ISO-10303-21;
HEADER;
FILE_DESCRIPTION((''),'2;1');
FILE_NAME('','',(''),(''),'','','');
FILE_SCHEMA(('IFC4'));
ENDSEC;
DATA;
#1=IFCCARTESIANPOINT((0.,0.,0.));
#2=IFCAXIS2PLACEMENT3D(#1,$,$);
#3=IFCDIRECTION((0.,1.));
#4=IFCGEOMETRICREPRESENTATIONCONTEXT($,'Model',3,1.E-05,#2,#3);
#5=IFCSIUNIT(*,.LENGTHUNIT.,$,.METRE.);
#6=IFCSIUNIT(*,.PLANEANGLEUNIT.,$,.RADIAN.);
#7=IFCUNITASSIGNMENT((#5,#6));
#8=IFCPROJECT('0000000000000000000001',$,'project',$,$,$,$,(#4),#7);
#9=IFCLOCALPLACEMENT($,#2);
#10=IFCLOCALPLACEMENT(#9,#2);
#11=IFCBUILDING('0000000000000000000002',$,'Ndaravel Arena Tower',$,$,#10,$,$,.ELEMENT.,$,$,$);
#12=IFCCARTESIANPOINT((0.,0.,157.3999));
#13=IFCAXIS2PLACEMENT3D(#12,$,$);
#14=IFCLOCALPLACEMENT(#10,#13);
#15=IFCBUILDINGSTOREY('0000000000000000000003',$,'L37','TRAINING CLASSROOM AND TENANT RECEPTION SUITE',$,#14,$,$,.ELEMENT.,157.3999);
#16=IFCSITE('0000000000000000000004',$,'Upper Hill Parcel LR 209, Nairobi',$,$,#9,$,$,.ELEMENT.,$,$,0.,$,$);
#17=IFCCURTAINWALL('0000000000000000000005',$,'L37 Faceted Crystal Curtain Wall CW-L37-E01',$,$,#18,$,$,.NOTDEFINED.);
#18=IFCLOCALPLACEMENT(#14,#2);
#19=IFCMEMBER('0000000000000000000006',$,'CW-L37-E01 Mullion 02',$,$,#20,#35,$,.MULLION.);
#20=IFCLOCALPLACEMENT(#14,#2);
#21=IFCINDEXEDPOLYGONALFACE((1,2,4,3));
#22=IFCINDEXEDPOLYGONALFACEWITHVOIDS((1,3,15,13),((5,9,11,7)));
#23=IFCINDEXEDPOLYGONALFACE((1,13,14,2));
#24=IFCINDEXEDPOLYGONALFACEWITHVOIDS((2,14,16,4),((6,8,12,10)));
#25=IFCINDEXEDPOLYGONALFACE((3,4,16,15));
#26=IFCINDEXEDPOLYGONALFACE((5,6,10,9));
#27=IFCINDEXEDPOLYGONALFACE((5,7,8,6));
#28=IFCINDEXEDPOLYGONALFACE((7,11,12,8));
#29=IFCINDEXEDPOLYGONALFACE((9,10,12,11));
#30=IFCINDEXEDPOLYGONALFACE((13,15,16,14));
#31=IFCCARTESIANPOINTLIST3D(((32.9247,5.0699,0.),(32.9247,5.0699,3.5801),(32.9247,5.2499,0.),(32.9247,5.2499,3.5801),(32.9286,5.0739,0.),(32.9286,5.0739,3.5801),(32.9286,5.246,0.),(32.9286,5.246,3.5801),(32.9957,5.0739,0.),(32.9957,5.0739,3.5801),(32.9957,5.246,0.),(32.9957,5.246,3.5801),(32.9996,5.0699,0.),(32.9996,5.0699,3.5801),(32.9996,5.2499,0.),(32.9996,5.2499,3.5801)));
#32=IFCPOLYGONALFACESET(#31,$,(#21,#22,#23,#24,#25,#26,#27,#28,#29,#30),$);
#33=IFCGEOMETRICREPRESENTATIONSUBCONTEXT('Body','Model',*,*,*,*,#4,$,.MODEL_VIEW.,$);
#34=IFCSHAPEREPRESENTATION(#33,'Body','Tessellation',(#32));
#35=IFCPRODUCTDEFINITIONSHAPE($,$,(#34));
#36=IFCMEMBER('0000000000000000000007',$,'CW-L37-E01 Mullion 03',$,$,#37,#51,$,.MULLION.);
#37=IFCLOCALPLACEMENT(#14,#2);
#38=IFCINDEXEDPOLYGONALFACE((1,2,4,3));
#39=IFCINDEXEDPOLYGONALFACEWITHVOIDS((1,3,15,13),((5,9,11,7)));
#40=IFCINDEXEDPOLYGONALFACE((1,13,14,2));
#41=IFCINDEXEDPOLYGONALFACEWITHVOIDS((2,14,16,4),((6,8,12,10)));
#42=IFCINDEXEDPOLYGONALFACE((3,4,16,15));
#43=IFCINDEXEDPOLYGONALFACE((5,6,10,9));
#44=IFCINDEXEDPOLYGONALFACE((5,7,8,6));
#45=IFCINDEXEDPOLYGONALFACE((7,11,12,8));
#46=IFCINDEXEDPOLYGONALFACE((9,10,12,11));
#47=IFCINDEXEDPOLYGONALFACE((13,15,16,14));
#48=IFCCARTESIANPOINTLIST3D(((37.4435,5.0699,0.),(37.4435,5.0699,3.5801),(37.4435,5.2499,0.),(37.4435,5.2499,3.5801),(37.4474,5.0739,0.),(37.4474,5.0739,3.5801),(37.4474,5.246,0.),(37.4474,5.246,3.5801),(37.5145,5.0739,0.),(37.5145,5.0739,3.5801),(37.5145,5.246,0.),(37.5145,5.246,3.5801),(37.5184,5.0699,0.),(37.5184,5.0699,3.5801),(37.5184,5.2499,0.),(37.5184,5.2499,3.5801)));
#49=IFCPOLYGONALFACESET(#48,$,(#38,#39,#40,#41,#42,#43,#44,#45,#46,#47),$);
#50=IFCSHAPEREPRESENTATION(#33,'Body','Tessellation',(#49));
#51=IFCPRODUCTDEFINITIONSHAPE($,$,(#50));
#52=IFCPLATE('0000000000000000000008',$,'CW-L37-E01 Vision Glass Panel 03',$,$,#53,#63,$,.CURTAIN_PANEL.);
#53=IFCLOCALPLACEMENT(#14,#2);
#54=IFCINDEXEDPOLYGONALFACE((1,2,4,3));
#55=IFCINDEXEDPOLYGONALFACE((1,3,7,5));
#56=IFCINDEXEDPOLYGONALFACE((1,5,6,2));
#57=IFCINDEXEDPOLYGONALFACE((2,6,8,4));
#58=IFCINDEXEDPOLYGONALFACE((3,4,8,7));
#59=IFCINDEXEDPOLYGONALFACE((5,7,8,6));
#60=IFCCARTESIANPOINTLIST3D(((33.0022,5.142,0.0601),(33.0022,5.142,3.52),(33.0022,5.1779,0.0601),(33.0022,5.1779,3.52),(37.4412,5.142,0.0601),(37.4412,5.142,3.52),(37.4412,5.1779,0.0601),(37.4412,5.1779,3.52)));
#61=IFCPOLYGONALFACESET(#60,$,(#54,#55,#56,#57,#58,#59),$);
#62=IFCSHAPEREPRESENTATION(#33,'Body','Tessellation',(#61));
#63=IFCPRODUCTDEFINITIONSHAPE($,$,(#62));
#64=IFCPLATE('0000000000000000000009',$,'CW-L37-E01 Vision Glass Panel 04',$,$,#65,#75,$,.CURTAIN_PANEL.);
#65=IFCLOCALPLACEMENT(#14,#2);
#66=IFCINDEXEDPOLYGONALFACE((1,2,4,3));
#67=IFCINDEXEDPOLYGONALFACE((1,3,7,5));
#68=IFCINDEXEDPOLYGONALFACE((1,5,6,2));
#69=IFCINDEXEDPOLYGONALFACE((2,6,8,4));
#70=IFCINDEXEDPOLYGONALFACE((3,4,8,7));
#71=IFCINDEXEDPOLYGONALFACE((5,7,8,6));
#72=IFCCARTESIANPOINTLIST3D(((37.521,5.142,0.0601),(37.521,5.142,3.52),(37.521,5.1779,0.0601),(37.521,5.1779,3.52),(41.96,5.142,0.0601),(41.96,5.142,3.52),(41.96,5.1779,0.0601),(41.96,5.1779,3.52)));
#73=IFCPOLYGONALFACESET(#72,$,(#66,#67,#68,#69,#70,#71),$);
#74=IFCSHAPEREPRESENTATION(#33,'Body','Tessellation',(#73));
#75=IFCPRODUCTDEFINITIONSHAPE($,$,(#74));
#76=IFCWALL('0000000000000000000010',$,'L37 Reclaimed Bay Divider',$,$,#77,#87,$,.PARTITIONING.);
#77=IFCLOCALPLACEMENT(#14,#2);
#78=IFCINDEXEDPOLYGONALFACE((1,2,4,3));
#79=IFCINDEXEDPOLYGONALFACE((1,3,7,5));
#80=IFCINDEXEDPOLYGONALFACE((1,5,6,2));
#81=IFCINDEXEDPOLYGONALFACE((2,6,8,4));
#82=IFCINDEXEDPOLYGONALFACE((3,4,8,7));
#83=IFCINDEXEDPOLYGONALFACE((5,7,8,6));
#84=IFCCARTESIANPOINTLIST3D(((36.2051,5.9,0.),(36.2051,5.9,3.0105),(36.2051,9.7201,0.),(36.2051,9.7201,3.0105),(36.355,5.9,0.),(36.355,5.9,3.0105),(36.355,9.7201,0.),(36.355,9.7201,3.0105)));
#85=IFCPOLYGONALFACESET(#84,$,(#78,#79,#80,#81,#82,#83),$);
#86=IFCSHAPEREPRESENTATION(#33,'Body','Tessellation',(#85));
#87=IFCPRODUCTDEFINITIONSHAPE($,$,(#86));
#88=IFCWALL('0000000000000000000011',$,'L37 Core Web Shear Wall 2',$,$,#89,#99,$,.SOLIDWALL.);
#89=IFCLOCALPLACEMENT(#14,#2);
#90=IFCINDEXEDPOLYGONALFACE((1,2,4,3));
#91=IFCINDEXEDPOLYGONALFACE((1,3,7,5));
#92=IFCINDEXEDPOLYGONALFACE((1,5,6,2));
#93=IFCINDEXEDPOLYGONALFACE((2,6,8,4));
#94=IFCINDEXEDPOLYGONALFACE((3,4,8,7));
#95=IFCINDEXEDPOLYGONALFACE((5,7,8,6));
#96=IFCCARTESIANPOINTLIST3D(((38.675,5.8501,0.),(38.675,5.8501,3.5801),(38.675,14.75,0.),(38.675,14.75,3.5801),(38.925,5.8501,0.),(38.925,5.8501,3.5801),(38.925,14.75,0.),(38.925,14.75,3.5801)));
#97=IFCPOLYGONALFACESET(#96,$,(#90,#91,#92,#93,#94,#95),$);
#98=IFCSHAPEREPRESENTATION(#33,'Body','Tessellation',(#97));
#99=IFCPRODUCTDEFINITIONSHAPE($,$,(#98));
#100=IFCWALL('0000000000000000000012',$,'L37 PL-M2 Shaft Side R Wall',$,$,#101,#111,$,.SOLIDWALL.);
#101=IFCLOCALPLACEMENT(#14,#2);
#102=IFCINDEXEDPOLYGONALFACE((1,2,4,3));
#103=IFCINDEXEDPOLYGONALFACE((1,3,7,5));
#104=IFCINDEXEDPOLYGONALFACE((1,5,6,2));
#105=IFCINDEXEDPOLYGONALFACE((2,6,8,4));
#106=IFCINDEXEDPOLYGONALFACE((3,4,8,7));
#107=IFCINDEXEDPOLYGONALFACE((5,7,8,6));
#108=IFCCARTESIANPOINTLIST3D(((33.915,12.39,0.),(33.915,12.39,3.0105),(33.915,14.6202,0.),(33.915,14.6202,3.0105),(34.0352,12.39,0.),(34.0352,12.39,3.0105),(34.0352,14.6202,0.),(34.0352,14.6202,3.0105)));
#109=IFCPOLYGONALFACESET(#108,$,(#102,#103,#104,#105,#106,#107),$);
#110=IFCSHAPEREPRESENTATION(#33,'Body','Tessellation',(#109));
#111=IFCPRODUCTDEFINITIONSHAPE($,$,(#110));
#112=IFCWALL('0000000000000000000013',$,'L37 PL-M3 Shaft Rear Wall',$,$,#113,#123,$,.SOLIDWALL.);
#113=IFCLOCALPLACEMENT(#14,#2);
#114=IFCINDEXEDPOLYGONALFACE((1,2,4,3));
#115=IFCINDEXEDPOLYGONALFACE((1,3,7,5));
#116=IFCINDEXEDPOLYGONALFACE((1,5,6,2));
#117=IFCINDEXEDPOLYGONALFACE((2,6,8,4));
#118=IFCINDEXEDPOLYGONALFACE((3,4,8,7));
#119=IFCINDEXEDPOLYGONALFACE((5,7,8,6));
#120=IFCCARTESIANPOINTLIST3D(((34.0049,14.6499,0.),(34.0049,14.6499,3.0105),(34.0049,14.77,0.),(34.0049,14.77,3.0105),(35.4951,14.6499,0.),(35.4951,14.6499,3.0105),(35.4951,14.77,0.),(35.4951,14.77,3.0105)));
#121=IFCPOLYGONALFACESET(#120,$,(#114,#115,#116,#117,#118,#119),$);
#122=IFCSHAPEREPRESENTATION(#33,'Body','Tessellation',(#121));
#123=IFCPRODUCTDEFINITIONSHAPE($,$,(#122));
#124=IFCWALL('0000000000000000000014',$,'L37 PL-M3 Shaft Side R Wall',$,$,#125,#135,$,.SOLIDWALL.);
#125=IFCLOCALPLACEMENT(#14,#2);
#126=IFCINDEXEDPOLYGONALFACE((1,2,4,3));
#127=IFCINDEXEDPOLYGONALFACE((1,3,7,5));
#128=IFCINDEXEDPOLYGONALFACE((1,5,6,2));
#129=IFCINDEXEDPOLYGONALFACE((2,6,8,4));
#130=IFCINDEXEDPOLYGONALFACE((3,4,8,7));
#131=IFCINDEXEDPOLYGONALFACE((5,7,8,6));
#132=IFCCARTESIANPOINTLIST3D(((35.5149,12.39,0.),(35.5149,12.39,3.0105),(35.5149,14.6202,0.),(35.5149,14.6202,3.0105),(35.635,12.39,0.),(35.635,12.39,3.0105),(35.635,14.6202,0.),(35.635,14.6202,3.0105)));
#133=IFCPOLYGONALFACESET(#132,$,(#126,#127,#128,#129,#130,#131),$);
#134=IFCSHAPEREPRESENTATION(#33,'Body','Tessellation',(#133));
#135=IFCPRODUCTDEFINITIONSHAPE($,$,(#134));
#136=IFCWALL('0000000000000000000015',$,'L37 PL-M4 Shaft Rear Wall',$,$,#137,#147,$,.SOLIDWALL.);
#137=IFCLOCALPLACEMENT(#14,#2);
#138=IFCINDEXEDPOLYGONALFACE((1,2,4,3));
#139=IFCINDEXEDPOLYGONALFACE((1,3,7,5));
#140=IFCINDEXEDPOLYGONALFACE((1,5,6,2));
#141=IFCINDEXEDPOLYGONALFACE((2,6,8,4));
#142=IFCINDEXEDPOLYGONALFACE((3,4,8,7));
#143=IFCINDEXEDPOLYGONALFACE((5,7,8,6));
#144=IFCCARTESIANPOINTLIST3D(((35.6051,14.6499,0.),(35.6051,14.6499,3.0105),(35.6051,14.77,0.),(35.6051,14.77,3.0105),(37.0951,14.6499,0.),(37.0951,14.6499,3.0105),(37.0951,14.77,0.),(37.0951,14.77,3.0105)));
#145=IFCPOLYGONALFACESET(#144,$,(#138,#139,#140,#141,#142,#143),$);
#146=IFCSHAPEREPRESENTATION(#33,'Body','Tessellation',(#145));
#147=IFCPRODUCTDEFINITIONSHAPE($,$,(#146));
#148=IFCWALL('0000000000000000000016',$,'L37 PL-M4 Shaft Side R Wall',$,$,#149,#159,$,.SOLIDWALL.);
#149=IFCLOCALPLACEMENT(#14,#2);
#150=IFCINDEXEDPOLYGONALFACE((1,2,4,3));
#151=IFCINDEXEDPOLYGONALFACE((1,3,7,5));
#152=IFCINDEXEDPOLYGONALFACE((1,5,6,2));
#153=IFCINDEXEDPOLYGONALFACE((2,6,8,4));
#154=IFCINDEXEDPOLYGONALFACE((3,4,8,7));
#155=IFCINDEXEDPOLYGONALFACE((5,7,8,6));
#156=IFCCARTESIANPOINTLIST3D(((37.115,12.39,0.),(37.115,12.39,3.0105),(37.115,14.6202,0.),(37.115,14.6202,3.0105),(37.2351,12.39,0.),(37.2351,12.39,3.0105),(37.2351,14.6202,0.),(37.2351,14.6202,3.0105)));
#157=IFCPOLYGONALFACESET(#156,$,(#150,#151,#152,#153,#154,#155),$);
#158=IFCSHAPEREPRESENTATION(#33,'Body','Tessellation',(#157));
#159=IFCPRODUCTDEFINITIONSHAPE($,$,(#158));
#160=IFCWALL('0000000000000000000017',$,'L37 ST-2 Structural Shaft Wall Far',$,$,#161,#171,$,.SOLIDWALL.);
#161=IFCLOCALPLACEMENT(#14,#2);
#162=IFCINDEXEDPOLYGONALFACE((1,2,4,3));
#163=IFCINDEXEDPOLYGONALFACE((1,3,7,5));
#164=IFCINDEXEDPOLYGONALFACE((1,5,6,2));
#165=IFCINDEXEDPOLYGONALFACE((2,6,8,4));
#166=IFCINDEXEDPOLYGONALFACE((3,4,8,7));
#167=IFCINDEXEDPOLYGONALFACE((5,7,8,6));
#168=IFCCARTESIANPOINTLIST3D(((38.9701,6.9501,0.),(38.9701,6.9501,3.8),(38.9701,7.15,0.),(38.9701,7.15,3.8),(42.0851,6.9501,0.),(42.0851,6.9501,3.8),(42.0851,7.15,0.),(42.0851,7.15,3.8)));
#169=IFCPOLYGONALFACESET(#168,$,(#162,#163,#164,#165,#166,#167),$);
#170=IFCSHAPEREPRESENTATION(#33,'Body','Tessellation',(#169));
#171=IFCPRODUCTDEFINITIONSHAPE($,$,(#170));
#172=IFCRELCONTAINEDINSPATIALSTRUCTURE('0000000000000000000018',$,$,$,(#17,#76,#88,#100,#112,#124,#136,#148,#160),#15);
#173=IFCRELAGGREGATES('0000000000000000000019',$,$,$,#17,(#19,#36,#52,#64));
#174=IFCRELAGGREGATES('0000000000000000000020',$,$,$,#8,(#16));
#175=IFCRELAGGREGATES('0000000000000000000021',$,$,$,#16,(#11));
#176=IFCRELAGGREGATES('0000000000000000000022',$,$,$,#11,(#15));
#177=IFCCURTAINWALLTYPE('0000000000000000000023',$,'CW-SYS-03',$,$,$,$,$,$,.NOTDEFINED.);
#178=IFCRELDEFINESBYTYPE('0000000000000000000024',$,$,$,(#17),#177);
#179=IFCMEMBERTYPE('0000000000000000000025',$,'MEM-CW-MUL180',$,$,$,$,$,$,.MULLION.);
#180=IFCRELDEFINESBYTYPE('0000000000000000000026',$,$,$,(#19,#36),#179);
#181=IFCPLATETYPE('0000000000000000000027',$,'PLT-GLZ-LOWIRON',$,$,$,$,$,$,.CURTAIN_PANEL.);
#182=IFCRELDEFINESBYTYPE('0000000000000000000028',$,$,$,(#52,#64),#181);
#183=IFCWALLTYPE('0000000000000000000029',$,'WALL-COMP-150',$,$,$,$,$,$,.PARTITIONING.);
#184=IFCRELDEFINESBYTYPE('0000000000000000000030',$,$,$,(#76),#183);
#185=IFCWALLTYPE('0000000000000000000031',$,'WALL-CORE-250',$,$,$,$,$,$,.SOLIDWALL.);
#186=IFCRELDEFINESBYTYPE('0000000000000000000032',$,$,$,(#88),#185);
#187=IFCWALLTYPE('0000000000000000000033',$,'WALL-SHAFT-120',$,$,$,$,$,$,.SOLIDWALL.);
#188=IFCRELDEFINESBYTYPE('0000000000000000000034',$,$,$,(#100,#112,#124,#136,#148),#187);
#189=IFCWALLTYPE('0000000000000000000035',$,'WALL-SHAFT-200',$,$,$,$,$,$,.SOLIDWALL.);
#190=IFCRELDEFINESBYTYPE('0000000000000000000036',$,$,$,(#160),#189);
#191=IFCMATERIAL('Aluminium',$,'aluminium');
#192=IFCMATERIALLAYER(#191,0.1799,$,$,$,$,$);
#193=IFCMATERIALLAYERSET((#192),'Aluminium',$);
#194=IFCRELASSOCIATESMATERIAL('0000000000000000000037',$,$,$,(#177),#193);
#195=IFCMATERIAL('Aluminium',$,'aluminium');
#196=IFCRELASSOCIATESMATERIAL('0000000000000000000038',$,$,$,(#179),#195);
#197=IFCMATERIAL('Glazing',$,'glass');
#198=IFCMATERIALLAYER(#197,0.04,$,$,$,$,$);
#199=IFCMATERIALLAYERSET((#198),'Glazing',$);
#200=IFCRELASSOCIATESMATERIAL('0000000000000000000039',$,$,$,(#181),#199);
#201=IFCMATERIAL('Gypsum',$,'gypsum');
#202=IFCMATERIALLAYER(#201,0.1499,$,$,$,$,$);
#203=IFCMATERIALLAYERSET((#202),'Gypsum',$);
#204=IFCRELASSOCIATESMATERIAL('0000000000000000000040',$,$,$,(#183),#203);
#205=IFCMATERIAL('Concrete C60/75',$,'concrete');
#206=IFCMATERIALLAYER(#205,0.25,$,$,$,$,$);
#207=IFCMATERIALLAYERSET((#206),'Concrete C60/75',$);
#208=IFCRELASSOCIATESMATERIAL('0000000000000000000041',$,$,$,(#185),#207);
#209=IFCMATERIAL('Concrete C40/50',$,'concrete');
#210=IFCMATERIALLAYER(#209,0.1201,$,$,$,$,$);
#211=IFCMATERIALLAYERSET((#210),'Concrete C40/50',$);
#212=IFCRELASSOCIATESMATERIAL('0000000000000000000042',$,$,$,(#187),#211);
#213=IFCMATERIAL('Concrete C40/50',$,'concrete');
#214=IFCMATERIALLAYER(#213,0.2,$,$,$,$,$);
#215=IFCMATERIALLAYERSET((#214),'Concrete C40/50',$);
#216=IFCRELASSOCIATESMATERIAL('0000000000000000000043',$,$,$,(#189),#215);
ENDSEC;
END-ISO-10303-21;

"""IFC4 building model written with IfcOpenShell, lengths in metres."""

from ifc_helpers import new_model, si_unit, direction, frame, frame_2d, origin, origin_2d, place, context, subcontext, project, spatial, rectangle, hollow_rectangle, extrude, material, layer, layer_set, material_profile, profile_set, type_object, element, aggregate, save


model = new_model("IFC4")

# Units and contexts
model_context = context("Model", 3, precision=1e-05, world=origin(), true_north=direction((0.0, 1.0)))
body_context = subcontext(model_context, "Body", "Model", "MODEL_VIEW")
ifc_project = project(units=[si_unit("LENGTHUNIT", "METRE"), si_unit("PLANEANGLEUNIT", "RADIAN")], contexts=[model_context])

# Site, building, storey
site_placement = place(None, origin())
site = spatial("IfcSite", under=ifc_project, at=site_placement, Name="Upper Hill Parcel LR 209, Nairobi", CompositionType="ELEMENT", RefElevation=0.0)
building_placement = place(site_placement, origin())
building = spatial("IfcBuilding", under=site, at=building_placement, Name="Ndaravel Arena Tower", CompositionType="ELEMENT")
storey_placement = place(building_placement, frame((0.0, 0.0, 157.3999)))
storey = spatial("IfcBuildingStorey", under=building, at=storey_placement, Name="L37", Description="TRAINING CLASSROOM AND TENANT RECEPTION SUITE", CompositionType="ELEMENT", Elevation=157.3999)

# Curtain wall, members, plates
ifc_material_1 = material(Name="Aluminium", Category="aluminium")
ifc_layer_1 = layer(ifc_material_1, 0.1799)
ifc_layer_set_1 = layer_set([ifc_layer_1], Name="Aluminium")
curtain_wall_type = type_object("IfcCurtainWallType", Name="CW-SYS-03", PredefinedType="NOTDEFINED", material=ifc_layer_set_1)
curtain_wall_placement = place(storey_placement, origin())
curtain_wall = element("IfcCurtainWall", 1, at=curtain_wall_placement, inside=storey, type_object=curtain_wall_type, Name="L37 Faceted Crystal Curtain Wall CW-L37-E01", PredefinedType="NOTDEFINED")
ifc_material_2 = material(Name="Aluminium", Category="aluminium")
ifc_material_profile = material_profile(ifc_material_2, hollow_rectangle(XDim=0.075, YDim=0.1799, WallThickness=0.0039, at=origin_2d()), Name="CW MULLION 75x180x4")
ifc_profile_set = profile_set([ifc_material_profile], Name="Aluminium")
member_type = type_object("IfcMemberType", Name="MEM-CW-MUL180", PredefinedType="MULLION", material=ifc_profile_set)
member_1_placement = place(storey_placement, frame((32.9622, 5.1599, 0.0), z_axis=(0.0, 0.0, 1.0), x_axis=(1.0, 0.0, 0.0)))
member_1 = element("IfcMember", 2, at=member_1_placement, type_object=member_type, Name="CW-L37-E01 Mullion 02", PredefinedType="MULLION", context=body_context, shape_type="SweptSolid", body=[
    extrude(hollow_rectangle(XDim=0.075, YDim=0.1799, WallThickness=0.0039, at=origin_2d()), origin(), (0.0, 0.0, 1.0), 3.5801),
])
member_2_placement = place(storey_placement, frame((37.481, 5.1599, 0.0), z_axis=(0.0, 0.0, 1.0), x_axis=(1.0, 0.0, 0.0)))
member_2 = element("IfcMember", 3, at=member_2_placement, type_object=member_type, Name="CW-L37-E01 Mullion 03", PredefinedType="MULLION", context=body_context, shape_type="SweptSolid", body=[
    extrude(hollow_rectangle(XDim=0.075, YDim=0.1799, WallThickness=0.0039, at=origin_2d()), origin(), (0.0, 0.0, 1.0), 3.5801),
])
ifc_material_3 = material(Name="Glazing", Category="glass")
ifc_layer_2 = layer(ifc_material_3, 0.04)
ifc_layer_set_2 = layer_set([ifc_layer_2], Name="Glazing")
plate_type = type_object("IfcPlateType", Name="PLT-GLZ-LOWIRON", PredefinedType="CURTAIN_PANEL", material=ifc_layer_set_2)
plate_1_placement = place(storey_placement, frame((35.2217, 5.1599, 0.0601), z_axis=(0.0, 0.0, 1.0), x_axis=(1.0, 0.0, 0.0)))
plate_1 = element("IfcPlate", 4, at=plate_1_placement, type_object=plate_type, Name="CW-L37-E01 Vision Glass Panel 03", PredefinedType="CURTAIN_PANEL", context=body_context, shape_type="SweptSolid", body=[
    extrude(rectangle(XDim=4.439, YDim=0.0359, at=origin_2d()), origin(), (0.0, 0.0, 1.0), 3.46),
])
plate_2_placement = place(storey_placement, frame((39.7405, 5.1599, 0.0601), z_axis=(0.0, 0.0, 1.0), x_axis=(1.0, 0.0, 0.0)))
plate_2 = element("IfcPlate", 5, at=plate_2_placement, type_object=plate_type, Name="CW-L37-E01 Vision Glass Panel 04", PredefinedType="CURTAIN_PANEL", context=body_context, shape_type="SweptSolid", body=[
    extrude(rectangle(XDim=4.439, YDim=0.0359, at=origin_2d()), origin(), (0.0, 0.0, 1.0), 3.46),
])
aggregate(curtain_wall, [member_1, member_2, plate_1, plate_2])

# Walls
ifc_material_4 = material(Name="Gypsum", Category="gypsum")
ifc_layer_3 = layer(ifc_material_4, 0.1499)
ifc_layer_set_3 = layer_set([ifc_layer_3], Name="Gypsum")
wall_type_1 = type_object("IfcWallType", Name="WALL-COMP-150", PredefinedType="PARTITIONING", material=ifc_layer_set_3)
wall_1_placement = place(storey_placement, frame((36.28, 5.8999, 0.0), z_axis=(0.0, 0.0, 1.0), x_axis=(0.0, 1.0, 0.0)))
element("IfcWall", 6, at=wall_1_placement, inside=storey, type_object=wall_type_1, Name="L37 Reclaimed Bay Divider", PredefinedType="PARTITIONING", context=body_context, shape_type="SweptSolid", body=[
    extrude(rectangle(XDim=3.8201, YDim=0.1499, at=frame_2d((1.9102, 0.0))), origin(), (0.0, 0.0, 1.0), 3.0105),
])
ifc_material_5 = material(Name="Concrete C60/75", Category="concrete")
ifc_layer_4 = layer(ifc_material_5, 0.25)
ifc_layer_set_4 = layer_set([ifc_layer_4], Name="Concrete C60/75")
wall_type_2 = type_object("IfcWallType", Name="WALL-CORE-250", PredefinedType="SOLIDWALL", material=ifc_layer_set_4)
wall_2_placement = place(storey_placement, frame((38.8, 5.8501, 0.0), z_axis=(0.0, 0.0, 1.0), x_axis=(0.0, 1.0, 0.0)))
element("IfcWall", 7, at=wall_2_placement, inside=storey, type_object=wall_type_2, Name="L37 Core Web Shear Wall 2", PredefinedType="SOLIDWALL", context=body_context, shape_type="SweptSolid", body=[
    extrude(rectangle(XDim=8.8999, YDim=0.25, at=frame_2d((4.45, 0.0))), origin(), (0.0, 0.0, 1.0), 3.5801),
])
ifc_material_6 = material(Name="Concrete C40/50", Category="concrete")
ifc_layer_5 = layer(ifc_material_6, 0.1201)
ifc_layer_set_5 = layer_set([ifc_layer_5], Name="Concrete C40/50")
wall_type_3 = type_object("IfcWallType", Name="WALL-SHAFT-120", PredefinedType="SOLIDWALL", material=ifc_layer_set_5)
wall_3_placement = place(storey_placement, frame((33.9751, 12.3899, 0.0), z_axis=(0.0, 0.0, 1.0), x_axis=(0.0, 1.0, 0.0)))
element("IfcWall", 8, at=wall_3_placement, inside=storey, type_object=wall_type_3, Name="L37 PL-M2 Shaft Side R Wall", PredefinedType="SOLIDWALL", context=body_context, shape_type="SweptSolid", body=[
    extrude(rectangle(XDim=2.2302, YDim=0.1201, at=frame_2d((1.1152, 0.0))), origin(), (0.0, 0.0, 1.0), 3.0105),
])
wall_4_placement = place(storey_placement, frame((34.0049, 14.71, 0.0), z_axis=(0.0, 0.0, 1.0), x_axis=(1.0, 0.0, 0.0)))
element("IfcWall", 9, at=wall_4_placement, inside=storey, type_object=wall_type_3, Name="L37 PL-M3 Shaft Rear Wall", PredefinedType="SOLIDWALL", context=body_context, shape_type="SweptSolid", body=[
    extrude(rectangle(XDim=1.4902, YDim=0.1201, at=frame_2d((0.7451, 0.0))), origin(), (0.0, 0.0, 1.0), 3.0105),
])
wall_5_placement = place(storey_placement, frame((35.575, 12.3899, 0.0), z_axis=(0.0, 0.0, 1.0), x_axis=(0.0, 1.0, 0.0)))
element("IfcWall", 10, at=wall_5_placement, inside=storey, type_object=wall_type_3, Name="L37 PL-M3 Shaft Side R Wall", PredefinedType="SOLIDWALL", context=body_context, shape_type="SweptSolid", body=[
    extrude(rectangle(XDim=2.2302, YDim=0.1201, at=frame_2d((1.1152, 0.0))), origin(), (0.0, 0.0, 1.0), 3.0105),
])
wall_6_placement = place(storey_placement, frame((35.605, 14.71, 0.0), z_axis=(0.0, 0.0, 1.0), x_axis=(1.0, 0.0, 0.0)))
element("IfcWall", 11, at=wall_6_placement, inside=storey, type_object=wall_type_3, Name="L37 PL-M4 Shaft Rear Wall", PredefinedType="SOLIDWALL", context=body_context, shape_type="SweptSolid", body=[
    extrude(rectangle(XDim=1.49, YDim=0.1201, at=frame_2d((0.7451, 0.0))), origin(), (0.0, 0.0, 1.0), 3.0105),
])
wall_7_placement = place(storey_placement, frame((37.175, 12.3899, 0.0), z_axis=(0.0, 0.0, 1.0), x_axis=(0.0, 1.0, 0.0)))
element("IfcWall", 12, at=wall_7_placement, inside=storey, type_object=wall_type_3, Name="L37 PL-M4 Shaft Side R Wall", PredefinedType="SOLIDWALL", context=body_context, shape_type="SweptSolid", body=[
    extrude(rectangle(XDim=2.2302, YDim=0.1201, at=frame_2d((1.1152, 0.0))), origin(), (0.0, 0.0, 1.0), 3.0105),
])
ifc_material_7 = material(Name="Concrete C40/50", Category="concrete")
ifc_layer_6 = layer(ifc_material_7, 0.2)
ifc_layer_set_6 = layer_set([ifc_layer_6], Name="Concrete C40/50")
wall_type_4 = type_object("IfcWallType", Name="WALL-SHAFT-200", PredefinedType="SOLIDWALL", material=ifc_layer_set_6)
wall_8_placement = place(storey_placement, frame((38.97, 7.05, 0.0), z_axis=(0.0, 0.0, 1.0), x_axis=(1.0, 0.0, 0.0)))
element("IfcWall", 13, at=wall_8_placement, inside=storey, type_object=wall_type_4, Name="L37 ST-2 Structural Shaft Wall Far", PredefinedType="SOLIDWALL", context=body_context, shape_type="SweptSolid", body=[
    extrude(rectangle(XDim=3.115, YDim=0.2, at=frame_2d((1.5576, 0.0))), origin(), (0.0, 0.0, 1.0), 3.8),
])

save(model, "model.ifc")
